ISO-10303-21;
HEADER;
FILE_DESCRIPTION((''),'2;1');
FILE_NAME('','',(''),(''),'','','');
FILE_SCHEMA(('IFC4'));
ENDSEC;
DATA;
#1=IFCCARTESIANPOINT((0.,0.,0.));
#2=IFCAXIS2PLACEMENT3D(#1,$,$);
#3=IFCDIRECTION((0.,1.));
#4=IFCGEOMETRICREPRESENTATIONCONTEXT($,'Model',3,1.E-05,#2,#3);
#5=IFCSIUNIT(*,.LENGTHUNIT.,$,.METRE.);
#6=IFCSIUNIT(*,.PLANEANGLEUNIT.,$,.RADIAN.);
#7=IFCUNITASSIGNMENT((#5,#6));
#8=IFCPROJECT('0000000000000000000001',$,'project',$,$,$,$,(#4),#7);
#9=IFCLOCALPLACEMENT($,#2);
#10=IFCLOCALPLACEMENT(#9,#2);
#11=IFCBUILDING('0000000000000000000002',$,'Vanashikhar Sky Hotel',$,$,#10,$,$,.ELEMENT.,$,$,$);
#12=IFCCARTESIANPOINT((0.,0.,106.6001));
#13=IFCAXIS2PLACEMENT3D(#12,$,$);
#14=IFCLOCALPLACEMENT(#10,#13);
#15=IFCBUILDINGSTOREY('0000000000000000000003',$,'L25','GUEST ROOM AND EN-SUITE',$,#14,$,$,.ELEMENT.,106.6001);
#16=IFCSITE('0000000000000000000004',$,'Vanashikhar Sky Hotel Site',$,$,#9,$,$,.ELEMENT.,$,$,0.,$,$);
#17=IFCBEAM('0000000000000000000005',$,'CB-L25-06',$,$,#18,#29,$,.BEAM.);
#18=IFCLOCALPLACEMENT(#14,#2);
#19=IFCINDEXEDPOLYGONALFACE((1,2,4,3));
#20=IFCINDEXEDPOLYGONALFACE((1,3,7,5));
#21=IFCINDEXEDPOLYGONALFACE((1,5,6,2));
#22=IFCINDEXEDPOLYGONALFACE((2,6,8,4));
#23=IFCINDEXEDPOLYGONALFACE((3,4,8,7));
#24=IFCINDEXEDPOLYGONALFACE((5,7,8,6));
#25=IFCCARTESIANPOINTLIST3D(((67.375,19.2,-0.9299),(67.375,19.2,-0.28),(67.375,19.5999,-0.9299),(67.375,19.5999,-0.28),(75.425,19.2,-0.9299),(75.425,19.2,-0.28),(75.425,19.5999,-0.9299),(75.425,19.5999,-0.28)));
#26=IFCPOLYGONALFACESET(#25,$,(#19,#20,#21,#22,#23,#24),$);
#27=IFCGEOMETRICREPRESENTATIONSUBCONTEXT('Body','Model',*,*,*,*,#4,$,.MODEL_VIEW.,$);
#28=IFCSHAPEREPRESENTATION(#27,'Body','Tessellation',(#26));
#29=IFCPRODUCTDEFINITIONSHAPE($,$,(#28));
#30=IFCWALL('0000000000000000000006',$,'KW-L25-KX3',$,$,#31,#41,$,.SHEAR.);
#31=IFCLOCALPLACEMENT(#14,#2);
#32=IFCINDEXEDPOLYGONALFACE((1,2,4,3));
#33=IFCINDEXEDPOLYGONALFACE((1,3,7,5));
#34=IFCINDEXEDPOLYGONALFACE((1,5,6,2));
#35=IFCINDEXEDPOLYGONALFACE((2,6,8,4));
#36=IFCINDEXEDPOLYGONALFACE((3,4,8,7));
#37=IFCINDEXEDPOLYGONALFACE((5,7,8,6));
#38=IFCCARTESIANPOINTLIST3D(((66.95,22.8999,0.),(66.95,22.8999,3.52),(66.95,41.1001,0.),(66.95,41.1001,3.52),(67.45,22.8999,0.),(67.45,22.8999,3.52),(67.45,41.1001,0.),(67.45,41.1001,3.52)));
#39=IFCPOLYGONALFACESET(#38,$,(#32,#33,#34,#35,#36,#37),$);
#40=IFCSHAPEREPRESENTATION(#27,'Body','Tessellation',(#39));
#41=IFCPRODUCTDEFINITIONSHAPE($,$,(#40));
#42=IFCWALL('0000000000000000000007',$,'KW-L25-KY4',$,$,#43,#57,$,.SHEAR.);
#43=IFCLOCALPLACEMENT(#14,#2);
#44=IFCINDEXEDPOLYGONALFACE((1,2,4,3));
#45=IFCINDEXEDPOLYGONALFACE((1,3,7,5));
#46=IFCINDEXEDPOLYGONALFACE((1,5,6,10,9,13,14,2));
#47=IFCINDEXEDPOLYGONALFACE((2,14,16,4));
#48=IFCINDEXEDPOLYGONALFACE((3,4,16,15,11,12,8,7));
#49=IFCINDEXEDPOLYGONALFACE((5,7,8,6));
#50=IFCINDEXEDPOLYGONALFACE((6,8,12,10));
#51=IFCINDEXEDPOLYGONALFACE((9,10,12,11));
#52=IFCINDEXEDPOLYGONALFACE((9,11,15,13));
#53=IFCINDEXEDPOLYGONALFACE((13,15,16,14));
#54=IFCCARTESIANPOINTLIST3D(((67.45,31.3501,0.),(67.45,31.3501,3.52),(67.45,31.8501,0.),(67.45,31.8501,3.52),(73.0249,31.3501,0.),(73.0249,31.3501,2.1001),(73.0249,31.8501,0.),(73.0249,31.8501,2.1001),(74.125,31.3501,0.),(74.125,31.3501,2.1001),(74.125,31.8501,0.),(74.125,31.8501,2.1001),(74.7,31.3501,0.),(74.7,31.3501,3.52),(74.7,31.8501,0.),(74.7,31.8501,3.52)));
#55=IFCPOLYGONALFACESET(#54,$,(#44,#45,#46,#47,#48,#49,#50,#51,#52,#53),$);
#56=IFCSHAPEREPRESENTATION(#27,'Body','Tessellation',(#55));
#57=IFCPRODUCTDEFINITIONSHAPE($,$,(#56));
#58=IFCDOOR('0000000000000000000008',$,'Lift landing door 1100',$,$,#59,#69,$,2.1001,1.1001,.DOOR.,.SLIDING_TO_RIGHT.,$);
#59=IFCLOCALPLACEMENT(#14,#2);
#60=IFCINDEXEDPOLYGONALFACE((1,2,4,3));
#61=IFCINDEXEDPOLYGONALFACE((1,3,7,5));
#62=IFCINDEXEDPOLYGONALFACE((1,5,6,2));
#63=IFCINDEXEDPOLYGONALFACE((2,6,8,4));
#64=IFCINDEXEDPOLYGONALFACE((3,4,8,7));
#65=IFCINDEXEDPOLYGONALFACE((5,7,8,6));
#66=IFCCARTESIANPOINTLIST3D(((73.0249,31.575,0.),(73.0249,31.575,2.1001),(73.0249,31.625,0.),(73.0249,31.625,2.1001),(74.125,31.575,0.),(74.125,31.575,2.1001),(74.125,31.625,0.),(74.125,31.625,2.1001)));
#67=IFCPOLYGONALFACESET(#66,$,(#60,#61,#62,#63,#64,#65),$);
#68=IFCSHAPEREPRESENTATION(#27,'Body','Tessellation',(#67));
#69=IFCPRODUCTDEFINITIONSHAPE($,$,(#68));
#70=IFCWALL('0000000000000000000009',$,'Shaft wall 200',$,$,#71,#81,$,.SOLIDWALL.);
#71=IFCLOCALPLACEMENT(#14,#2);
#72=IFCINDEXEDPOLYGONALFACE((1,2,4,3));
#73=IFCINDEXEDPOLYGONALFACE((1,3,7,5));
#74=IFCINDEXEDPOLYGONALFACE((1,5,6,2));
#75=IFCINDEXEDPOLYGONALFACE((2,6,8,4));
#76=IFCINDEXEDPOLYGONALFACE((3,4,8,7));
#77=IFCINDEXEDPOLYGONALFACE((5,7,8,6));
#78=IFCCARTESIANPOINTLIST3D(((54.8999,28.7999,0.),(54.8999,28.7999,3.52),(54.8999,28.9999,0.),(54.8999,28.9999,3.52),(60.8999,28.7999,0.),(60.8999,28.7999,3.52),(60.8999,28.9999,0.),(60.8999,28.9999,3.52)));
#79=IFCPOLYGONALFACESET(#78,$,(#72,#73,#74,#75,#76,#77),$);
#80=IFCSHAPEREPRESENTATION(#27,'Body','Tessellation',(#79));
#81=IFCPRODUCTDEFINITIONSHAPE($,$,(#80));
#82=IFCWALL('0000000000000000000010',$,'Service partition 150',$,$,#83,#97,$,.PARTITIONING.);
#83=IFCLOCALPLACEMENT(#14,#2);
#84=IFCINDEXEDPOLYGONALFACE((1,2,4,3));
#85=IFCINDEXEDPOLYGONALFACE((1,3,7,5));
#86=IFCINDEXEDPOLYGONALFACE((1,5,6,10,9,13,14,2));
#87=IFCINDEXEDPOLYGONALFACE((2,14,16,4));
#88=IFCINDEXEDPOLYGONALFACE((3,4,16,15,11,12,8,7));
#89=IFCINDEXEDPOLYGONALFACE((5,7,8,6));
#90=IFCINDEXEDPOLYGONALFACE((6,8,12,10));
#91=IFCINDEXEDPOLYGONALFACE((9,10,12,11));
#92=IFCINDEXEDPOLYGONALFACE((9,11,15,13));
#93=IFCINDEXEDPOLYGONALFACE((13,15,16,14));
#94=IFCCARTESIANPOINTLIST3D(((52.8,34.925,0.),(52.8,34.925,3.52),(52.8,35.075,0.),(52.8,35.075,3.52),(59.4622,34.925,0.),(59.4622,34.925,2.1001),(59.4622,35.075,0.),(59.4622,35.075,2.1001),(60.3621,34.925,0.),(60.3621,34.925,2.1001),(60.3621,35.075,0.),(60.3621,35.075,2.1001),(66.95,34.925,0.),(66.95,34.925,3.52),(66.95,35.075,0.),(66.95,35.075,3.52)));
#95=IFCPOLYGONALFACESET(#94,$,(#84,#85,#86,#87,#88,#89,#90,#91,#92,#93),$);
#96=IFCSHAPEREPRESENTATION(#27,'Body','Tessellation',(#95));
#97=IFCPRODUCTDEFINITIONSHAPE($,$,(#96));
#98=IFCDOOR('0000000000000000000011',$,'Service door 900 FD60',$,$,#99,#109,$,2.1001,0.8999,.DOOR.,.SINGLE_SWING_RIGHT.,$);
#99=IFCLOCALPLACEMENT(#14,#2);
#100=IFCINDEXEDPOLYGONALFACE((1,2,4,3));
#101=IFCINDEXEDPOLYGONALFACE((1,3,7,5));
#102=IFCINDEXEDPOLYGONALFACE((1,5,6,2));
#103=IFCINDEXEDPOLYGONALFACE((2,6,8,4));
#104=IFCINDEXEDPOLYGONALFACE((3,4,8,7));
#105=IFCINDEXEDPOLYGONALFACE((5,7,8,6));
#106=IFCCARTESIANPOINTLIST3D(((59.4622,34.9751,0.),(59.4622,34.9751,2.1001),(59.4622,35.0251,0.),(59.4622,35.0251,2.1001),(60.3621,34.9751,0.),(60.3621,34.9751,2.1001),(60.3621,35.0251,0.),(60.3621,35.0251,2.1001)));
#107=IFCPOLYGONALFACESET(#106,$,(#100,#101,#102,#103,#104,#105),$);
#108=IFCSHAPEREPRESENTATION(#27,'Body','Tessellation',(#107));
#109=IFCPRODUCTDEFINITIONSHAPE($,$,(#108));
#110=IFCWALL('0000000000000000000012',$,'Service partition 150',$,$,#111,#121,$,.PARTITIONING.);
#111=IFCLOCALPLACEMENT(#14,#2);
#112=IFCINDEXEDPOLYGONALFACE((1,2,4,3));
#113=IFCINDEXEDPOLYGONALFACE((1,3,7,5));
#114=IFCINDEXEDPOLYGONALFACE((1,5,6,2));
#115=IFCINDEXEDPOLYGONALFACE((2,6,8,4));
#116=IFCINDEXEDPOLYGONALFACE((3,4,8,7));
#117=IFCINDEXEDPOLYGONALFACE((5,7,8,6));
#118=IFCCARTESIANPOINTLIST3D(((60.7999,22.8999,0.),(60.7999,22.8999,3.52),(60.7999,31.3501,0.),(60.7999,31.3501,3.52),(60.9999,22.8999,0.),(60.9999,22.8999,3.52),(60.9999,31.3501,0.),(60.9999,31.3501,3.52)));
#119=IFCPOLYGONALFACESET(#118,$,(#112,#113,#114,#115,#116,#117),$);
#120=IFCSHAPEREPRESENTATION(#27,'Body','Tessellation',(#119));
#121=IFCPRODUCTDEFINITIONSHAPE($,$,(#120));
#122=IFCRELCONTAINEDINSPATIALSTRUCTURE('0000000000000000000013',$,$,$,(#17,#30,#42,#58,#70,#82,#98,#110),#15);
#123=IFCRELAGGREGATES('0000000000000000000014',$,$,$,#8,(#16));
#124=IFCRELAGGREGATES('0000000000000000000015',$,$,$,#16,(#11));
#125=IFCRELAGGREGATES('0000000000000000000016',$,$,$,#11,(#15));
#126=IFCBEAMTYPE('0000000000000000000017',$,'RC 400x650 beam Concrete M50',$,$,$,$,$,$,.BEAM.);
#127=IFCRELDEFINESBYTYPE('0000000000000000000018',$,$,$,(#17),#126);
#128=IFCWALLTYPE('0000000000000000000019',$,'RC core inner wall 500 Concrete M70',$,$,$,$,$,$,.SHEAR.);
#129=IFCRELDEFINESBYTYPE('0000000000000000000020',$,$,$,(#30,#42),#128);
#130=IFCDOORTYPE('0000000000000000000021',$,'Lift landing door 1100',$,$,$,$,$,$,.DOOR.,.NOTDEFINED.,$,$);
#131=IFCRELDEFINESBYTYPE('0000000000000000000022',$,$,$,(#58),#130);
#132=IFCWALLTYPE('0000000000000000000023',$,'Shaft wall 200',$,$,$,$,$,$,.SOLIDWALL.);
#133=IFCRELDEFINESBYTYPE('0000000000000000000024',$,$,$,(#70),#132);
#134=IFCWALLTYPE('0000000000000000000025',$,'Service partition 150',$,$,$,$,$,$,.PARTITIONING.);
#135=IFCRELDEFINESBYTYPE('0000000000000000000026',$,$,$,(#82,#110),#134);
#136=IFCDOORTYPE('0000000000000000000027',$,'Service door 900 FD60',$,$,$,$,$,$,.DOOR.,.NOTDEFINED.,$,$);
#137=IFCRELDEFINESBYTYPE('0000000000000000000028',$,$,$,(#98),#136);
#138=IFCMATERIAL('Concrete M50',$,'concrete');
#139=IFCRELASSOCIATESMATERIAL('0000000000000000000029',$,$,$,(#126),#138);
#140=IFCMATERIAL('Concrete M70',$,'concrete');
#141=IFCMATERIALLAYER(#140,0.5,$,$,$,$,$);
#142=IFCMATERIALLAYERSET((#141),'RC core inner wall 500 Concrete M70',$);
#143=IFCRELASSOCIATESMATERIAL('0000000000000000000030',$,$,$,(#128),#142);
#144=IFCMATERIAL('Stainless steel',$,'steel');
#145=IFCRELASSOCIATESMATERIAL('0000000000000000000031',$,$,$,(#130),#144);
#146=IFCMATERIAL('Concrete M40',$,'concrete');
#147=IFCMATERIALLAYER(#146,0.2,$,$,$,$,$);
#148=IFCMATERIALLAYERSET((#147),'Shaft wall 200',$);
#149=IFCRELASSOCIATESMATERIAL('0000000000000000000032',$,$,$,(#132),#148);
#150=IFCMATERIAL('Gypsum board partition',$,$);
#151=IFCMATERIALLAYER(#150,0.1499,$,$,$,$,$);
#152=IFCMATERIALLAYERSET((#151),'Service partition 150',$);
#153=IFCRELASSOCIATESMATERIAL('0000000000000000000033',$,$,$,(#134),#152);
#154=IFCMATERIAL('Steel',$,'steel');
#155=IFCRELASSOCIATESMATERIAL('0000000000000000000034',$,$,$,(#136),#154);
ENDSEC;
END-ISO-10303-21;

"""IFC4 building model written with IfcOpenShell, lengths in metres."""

from ifc_helpers import new_model, si_unit, direction, frame, frame_2d, origin, origin_2d, place, context, subcontext, project, spatial, rectangle, extrude, source, transform, mapped, material, layer, layer_set, material_profile, profile_set, type_object, element, fill, save


model = new_model("IFC4")

# Units and contexts
model_context = context("Model", 3, precision=1e-05, world=origin(), true_north=direction((0.0, 1.0)))
body_context = subcontext(model_context, "Body", "Model", "MODEL_VIEW")
ifc_project = project(units=[si_unit("LENGTHUNIT", "METRE"), si_unit("PLANEANGLEUNIT", "RADIAN")], contexts=[model_context])

# Site, building, storey
site_placement = place(None, origin())
site = spatial("IfcSite", under=ifc_project, at=site_placement, Name="Vanashikhar Sky Hotel Site", CompositionType="ELEMENT", RefElevation=0.0)
building_placement = place(site_placement, origin())
building = spatial("IfcBuilding", under=site, at=building_placement, Name="Vanashikhar Sky Hotel", CompositionType="ELEMENT")
storey_placement = place(building_placement, frame((0.0, 0.0, 106.6001)))
storey = spatial("IfcBuildingStorey", under=building, at=storey_placement, Name="L25", Description="GUEST ROOM AND EN-SUITE", CompositionType="ELEMENT", Elevation=106.6001)

# Beam
ifc_material_1 = material(Name="Concrete M50", Category="concrete")
ifc_material_profile = material_profile(ifc_material_1, rectangle(XDim=0.3999, YDim=0.6499, at=origin_2d()))
ifc_profile_set = profile_set([ifc_material_profile], Name="RC 400x650 beam Concrete M50")
beam_type = type_object("IfcBeamType", Name="RC 400x650 beam Concrete M50", PredefinedType="BEAM", material=ifc_profile_set)
shared_shape_1 = source(origin(), body_context, "Body", "SweptSolid", [
    extrude(rectangle(XDim=0.3999, YDim=0.6499, at=origin_2d()), origin(), (0.0, 0.0, 1.0), 8.05),
])
beam_placement = place(storey_placement, frame((67.375, 19.3999, -0.605), z_axis=(1.0, 0.0, 0.0), x_axis=(0.0, 1.0, 0.0)))
element("IfcBeam", 1, at=beam_placement, inside=storey, type_object=beam_type, Name="CB-L25-06", PredefinedType="BEAM", context=body_context, shape_type="MappedRepresentation", body=[
    mapped(shared_shape_1, transform((0.0, 0.0, 0.0), scale=1.0)),
])

# Wall
ifc_material_2 = material(Name="Concrete M70", Category="concrete")
ifc_layer_1 = layer(ifc_material_2, 0.5)
ifc_layer_set_1 = layer_set([ifc_layer_1], Name="RC core inner wall 500 Concrete M70")
wall_type_1 = type_object("IfcWallType", Name="RC core inner wall 500 Concrete M70", PredefinedType="SHEAR", material=ifc_layer_set_1)
shared_shape_2 = source(origin(), body_context, "Body", "SweptSolid", [
    extrude(rectangle(XDim=18.2002, YDim=0.5, at=frame_2d((9.1001, 0.0))), origin(), (0.0, 0.0, 1.0), 3.52),
])
wall_1_placement = place(storey_placement, frame((67.2, 22.8999, 0.0), z_axis=(0.0, 0.0, 1.0), x_axis=(0.0, 1.0, 0.0)))
element("IfcWall", 2, at=wall_1_placement, inside=storey, type_object=wall_type_1, Name="KW-L25-KX3", PredefinedType="SHEAR", context=body_context, shape_type="MappedRepresentation", body=[
    mapped(shared_shape_2, transform((0.0, 0.0, 0.0), scale=1.0)),
])

# Wall, opening, door
shared_shape_3 = source(origin(), body_context, "Body", "SweptSolid", [
    extrude(rectangle(XDim=7.25, YDim=0.5, at=frame_2d((3.625, 0.0))), origin(), (0.0, 0.0, 1.0), 3.52),
])
wall_2_placement = place(storey_placement, frame((67.45, 31.6001, 0.0), z_axis=(0.0, 0.0, 1.0), x_axis=(1.0, 0.0, 0.0)))
wall_2 = element("IfcWall", 3, at=wall_2_placement, inside=storey, type_object=wall_type_1, Name="KW-L25-KY4", PredefinedType="SHEAR", context=body_context, shape_type="MappedRepresentation", body=[
    mapped(shared_shape_3, transform((0.0, 0.0, 0.0), scale=1.0)),
])
shared_shape_4 = source(origin(), body_context, "Body", "SweptSolid", [
    extrude(rectangle(XDim=1.1001, YDim=2.1001, at=frame_2d((0.55, 1.05))), frame((0.0, 0.26, 0.0), z_axis=(0.0, -1.0, 0.0), x_axis=(1.0, 0.0, 0.0)), (0.0, 0.0, 1.0), 0.52),
])
opening_1_placement = place(wall_2_placement, frame((5.575, 0.0, 0.0)))
opening_1 = element("IfcOpeningElement", 4, at=opening_1_placement, cuts=wall_2, PredefinedType="OPENING", context=body_context, shape_type="MappedRepresentation", body=[
    mapped(shared_shape_4, transform((0.0, 0.0, 0.0), scale=1.0)),
])
ifc_material_3 = material(Name="Stainless steel", Category="steel")
door_type_1 = type_object("IfcDoorType", Name="Lift landing door 1100", OperationType="NOTDEFINED", PredefinedType="DOOR", material=ifc_material_3)
shared_shape_5 = source(origin(), body_context, "Body", "SweptSolid", [
    extrude(rectangle(XDim=1.1001, YDim=2.1001, at=frame_2d((0.55, 1.05))), frame((0.0, 0.0249, 0.0), z_axis=(0.0, -1.0, 0.0), x_axis=(1.0, 0.0, 0.0)), (0.0, 0.0, 1.0), 0.05),
])
door_1_placement = place(opening_1_placement, origin())
door_1 = element("IfcDoor", 5, at=door_1_placement, inside=storey, type_object=door_type_1, Name="Lift landing door 1100", OperationType="SLIDING_TO_RIGHT", OverallHeight=2.1001, OverallWidth=1.1001, PredefinedType="DOOR", context=body_context, shape_type="MappedRepresentation", body=[
    mapped(shared_shape_5, transform((0.0, 0.0, 0.0), scale=1.0)),
])
fill(opening_1, door_1)

# Wall
ifc_material_4 = material(Name="Concrete M40", Category="concrete")
ifc_layer_2 = layer(ifc_material_4, 0.2)
ifc_layer_set_2 = layer_set([ifc_layer_2], Name="Shaft wall 200")
wall_type_2 = type_object("IfcWallType", Name="Shaft wall 200", PredefinedType="SOLIDWALL", material=ifc_layer_set_2)
shared_shape_6 = source(origin(), body_context, "Body", "SweptSolid", [
    extrude(rectangle(XDim=6.0, YDim=0.2, at=frame_2d((3.0, 0.0))), origin(), (0.0, 0.0, 1.0), 3.52),
])
wall_3_placement = place(storey_placement, frame((60.8999, 28.8999, 0.0), z_axis=(0.0, 0.0, 1.0), x_axis=(-1.0, 0.0, 0.0)))
element("IfcWall", 6, at=wall_3_placement, inside=storey, type_object=wall_type_2, Name="Shaft wall 200", PredefinedType="SOLIDWALL", context=body_context, shape_type="MappedRepresentation", body=[
    mapped(shared_shape_6, transform((0.0, 0.0, 0.0), scale=1.0)),
])

# Wall, opening, door
ifc_material_5 = material(Name="Gypsum board partition")
ifc_layer_3 = layer(ifc_material_5, 0.1499)
ifc_layer_set_3 = layer_set([ifc_layer_3], Name="Service partition 150")
wall_type_3 = type_object("IfcWallType", Name="Service partition 150", PredefinedType="PARTITIONING", material=ifc_layer_set_3)
shared_shape_7 = source(origin(), body_context, "Body", "SweptSolid", [
    extrude(rectangle(XDim=14.1499, YDim=0.1499, at=frame_2d((7.075, 0.0))), origin(), (0.0, 0.0, 1.0), 3.52),
])
wall_4_placement = place(storey_placement, frame((66.95, 35.0, 0.0), z_axis=(0.0, 0.0, 1.0), x_axis=(-1.0, 0.0, 0.0)))
wall_4 = element("IfcWall", 7, at=wall_4_placement, inside=storey, type_object=wall_type_3, Name="Service partition 150", PredefinedType="PARTITIONING", context=body_context, shape_type="MappedRepresentation", body=[
    mapped(shared_shape_7, transform((0.0, 0.0, 0.0), scale=1.0)),
])
shared_shape_8 = source(origin(), body_context, "Body", "SweptSolid", [
    extrude(rectangle(XDim=0.8999, YDim=2.1001, at=frame_2d((0.45, 1.05))), frame((0.0, 0.085, 0.0), z_axis=(0.0, -1.0, 0.0), x_axis=(1.0, 0.0, 0.0)), (0.0, 0.0, 1.0), 0.1699),
])
opening_2_placement = place(wall_4_placement, frame((6.5879, 0.0, 0.0)))
opening_2 = element("IfcOpeningElement", 8, at=opening_2_placement, cuts=wall_4, PredefinedType="OPENING", context=body_context, shape_type="MappedRepresentation", body=[
    mapped(shared_shape_8, transform((0.0, 0.0, 0.0), scale=1.0)),
])
ifc_material_6 = material(Name="Steel", Category="steel")
door_type_2 = type_object("IfcDoorType", Name="Service door 900 FD60", OperationType="NOTDEFINED", PredefinedType="DOOR", material=ifc_material_6)
shared_shape_9 = source(origin(), body_context, "Body", "SweptSolid", [
    extrude(rectangle(XDim=0.8999, YDim=2.1001, at=frame_2d((0.45, 1.05))), frame((0.0, 0.0249, 0.0), z_axis=(0.0, -1.0, 0.0), x_axis=(1.0, 0.0, 0.0)), (0.0, 0.0, 1.0), 0.05),
])
door_2_placement = place(opening_2_placement, origin())
door_2 = element("IfcDoor", 9, at=door_2_placement, inside=storey, type_object=door_type_2, Name="Service door 900 FD60", OperationType="SINGLE_SWING_RIGHT", OverallHeight=2.1001, OverallWidth=0.8999, PredefinedType="DOOR", context=body_context, shape_type="MappedRepresentation", body=[
    mapped(shared_shape_9, transform((0.0, 0.0, 0.0), scale=1.0)),
])
fill(opening_2, door_2)

# Wall
shared_shape_10 = source(origin(), body_context, "Body", "SweptSolid", [
    extrude(rectangle(XDim=8.4502, YDim=0.2, at=frame_2d((4.2251, 0.0))), origin(), (0.0, 0.0, 1.0), 3.52),
])
wall_5_placement = place(storey_placement, frame((60.8999, 22.8999, 0.0), z_axis=(0.0, 0.0, 1.0), x_axis=(0.0, 1.0, 0.0)))
element("IfcWall", 10, at=wall_5_placement, inside=storey, type_object=wall_type_3, Name="Service partition 150", PredefinedType="PARTITIONING", context=body_context, shape_type="MappedRepresentation", body=[
    mapped(shared_shape_10, transform((0.0, 0.0, 0.0), scale=1.0)),
])

save(model, "model.ifc")
